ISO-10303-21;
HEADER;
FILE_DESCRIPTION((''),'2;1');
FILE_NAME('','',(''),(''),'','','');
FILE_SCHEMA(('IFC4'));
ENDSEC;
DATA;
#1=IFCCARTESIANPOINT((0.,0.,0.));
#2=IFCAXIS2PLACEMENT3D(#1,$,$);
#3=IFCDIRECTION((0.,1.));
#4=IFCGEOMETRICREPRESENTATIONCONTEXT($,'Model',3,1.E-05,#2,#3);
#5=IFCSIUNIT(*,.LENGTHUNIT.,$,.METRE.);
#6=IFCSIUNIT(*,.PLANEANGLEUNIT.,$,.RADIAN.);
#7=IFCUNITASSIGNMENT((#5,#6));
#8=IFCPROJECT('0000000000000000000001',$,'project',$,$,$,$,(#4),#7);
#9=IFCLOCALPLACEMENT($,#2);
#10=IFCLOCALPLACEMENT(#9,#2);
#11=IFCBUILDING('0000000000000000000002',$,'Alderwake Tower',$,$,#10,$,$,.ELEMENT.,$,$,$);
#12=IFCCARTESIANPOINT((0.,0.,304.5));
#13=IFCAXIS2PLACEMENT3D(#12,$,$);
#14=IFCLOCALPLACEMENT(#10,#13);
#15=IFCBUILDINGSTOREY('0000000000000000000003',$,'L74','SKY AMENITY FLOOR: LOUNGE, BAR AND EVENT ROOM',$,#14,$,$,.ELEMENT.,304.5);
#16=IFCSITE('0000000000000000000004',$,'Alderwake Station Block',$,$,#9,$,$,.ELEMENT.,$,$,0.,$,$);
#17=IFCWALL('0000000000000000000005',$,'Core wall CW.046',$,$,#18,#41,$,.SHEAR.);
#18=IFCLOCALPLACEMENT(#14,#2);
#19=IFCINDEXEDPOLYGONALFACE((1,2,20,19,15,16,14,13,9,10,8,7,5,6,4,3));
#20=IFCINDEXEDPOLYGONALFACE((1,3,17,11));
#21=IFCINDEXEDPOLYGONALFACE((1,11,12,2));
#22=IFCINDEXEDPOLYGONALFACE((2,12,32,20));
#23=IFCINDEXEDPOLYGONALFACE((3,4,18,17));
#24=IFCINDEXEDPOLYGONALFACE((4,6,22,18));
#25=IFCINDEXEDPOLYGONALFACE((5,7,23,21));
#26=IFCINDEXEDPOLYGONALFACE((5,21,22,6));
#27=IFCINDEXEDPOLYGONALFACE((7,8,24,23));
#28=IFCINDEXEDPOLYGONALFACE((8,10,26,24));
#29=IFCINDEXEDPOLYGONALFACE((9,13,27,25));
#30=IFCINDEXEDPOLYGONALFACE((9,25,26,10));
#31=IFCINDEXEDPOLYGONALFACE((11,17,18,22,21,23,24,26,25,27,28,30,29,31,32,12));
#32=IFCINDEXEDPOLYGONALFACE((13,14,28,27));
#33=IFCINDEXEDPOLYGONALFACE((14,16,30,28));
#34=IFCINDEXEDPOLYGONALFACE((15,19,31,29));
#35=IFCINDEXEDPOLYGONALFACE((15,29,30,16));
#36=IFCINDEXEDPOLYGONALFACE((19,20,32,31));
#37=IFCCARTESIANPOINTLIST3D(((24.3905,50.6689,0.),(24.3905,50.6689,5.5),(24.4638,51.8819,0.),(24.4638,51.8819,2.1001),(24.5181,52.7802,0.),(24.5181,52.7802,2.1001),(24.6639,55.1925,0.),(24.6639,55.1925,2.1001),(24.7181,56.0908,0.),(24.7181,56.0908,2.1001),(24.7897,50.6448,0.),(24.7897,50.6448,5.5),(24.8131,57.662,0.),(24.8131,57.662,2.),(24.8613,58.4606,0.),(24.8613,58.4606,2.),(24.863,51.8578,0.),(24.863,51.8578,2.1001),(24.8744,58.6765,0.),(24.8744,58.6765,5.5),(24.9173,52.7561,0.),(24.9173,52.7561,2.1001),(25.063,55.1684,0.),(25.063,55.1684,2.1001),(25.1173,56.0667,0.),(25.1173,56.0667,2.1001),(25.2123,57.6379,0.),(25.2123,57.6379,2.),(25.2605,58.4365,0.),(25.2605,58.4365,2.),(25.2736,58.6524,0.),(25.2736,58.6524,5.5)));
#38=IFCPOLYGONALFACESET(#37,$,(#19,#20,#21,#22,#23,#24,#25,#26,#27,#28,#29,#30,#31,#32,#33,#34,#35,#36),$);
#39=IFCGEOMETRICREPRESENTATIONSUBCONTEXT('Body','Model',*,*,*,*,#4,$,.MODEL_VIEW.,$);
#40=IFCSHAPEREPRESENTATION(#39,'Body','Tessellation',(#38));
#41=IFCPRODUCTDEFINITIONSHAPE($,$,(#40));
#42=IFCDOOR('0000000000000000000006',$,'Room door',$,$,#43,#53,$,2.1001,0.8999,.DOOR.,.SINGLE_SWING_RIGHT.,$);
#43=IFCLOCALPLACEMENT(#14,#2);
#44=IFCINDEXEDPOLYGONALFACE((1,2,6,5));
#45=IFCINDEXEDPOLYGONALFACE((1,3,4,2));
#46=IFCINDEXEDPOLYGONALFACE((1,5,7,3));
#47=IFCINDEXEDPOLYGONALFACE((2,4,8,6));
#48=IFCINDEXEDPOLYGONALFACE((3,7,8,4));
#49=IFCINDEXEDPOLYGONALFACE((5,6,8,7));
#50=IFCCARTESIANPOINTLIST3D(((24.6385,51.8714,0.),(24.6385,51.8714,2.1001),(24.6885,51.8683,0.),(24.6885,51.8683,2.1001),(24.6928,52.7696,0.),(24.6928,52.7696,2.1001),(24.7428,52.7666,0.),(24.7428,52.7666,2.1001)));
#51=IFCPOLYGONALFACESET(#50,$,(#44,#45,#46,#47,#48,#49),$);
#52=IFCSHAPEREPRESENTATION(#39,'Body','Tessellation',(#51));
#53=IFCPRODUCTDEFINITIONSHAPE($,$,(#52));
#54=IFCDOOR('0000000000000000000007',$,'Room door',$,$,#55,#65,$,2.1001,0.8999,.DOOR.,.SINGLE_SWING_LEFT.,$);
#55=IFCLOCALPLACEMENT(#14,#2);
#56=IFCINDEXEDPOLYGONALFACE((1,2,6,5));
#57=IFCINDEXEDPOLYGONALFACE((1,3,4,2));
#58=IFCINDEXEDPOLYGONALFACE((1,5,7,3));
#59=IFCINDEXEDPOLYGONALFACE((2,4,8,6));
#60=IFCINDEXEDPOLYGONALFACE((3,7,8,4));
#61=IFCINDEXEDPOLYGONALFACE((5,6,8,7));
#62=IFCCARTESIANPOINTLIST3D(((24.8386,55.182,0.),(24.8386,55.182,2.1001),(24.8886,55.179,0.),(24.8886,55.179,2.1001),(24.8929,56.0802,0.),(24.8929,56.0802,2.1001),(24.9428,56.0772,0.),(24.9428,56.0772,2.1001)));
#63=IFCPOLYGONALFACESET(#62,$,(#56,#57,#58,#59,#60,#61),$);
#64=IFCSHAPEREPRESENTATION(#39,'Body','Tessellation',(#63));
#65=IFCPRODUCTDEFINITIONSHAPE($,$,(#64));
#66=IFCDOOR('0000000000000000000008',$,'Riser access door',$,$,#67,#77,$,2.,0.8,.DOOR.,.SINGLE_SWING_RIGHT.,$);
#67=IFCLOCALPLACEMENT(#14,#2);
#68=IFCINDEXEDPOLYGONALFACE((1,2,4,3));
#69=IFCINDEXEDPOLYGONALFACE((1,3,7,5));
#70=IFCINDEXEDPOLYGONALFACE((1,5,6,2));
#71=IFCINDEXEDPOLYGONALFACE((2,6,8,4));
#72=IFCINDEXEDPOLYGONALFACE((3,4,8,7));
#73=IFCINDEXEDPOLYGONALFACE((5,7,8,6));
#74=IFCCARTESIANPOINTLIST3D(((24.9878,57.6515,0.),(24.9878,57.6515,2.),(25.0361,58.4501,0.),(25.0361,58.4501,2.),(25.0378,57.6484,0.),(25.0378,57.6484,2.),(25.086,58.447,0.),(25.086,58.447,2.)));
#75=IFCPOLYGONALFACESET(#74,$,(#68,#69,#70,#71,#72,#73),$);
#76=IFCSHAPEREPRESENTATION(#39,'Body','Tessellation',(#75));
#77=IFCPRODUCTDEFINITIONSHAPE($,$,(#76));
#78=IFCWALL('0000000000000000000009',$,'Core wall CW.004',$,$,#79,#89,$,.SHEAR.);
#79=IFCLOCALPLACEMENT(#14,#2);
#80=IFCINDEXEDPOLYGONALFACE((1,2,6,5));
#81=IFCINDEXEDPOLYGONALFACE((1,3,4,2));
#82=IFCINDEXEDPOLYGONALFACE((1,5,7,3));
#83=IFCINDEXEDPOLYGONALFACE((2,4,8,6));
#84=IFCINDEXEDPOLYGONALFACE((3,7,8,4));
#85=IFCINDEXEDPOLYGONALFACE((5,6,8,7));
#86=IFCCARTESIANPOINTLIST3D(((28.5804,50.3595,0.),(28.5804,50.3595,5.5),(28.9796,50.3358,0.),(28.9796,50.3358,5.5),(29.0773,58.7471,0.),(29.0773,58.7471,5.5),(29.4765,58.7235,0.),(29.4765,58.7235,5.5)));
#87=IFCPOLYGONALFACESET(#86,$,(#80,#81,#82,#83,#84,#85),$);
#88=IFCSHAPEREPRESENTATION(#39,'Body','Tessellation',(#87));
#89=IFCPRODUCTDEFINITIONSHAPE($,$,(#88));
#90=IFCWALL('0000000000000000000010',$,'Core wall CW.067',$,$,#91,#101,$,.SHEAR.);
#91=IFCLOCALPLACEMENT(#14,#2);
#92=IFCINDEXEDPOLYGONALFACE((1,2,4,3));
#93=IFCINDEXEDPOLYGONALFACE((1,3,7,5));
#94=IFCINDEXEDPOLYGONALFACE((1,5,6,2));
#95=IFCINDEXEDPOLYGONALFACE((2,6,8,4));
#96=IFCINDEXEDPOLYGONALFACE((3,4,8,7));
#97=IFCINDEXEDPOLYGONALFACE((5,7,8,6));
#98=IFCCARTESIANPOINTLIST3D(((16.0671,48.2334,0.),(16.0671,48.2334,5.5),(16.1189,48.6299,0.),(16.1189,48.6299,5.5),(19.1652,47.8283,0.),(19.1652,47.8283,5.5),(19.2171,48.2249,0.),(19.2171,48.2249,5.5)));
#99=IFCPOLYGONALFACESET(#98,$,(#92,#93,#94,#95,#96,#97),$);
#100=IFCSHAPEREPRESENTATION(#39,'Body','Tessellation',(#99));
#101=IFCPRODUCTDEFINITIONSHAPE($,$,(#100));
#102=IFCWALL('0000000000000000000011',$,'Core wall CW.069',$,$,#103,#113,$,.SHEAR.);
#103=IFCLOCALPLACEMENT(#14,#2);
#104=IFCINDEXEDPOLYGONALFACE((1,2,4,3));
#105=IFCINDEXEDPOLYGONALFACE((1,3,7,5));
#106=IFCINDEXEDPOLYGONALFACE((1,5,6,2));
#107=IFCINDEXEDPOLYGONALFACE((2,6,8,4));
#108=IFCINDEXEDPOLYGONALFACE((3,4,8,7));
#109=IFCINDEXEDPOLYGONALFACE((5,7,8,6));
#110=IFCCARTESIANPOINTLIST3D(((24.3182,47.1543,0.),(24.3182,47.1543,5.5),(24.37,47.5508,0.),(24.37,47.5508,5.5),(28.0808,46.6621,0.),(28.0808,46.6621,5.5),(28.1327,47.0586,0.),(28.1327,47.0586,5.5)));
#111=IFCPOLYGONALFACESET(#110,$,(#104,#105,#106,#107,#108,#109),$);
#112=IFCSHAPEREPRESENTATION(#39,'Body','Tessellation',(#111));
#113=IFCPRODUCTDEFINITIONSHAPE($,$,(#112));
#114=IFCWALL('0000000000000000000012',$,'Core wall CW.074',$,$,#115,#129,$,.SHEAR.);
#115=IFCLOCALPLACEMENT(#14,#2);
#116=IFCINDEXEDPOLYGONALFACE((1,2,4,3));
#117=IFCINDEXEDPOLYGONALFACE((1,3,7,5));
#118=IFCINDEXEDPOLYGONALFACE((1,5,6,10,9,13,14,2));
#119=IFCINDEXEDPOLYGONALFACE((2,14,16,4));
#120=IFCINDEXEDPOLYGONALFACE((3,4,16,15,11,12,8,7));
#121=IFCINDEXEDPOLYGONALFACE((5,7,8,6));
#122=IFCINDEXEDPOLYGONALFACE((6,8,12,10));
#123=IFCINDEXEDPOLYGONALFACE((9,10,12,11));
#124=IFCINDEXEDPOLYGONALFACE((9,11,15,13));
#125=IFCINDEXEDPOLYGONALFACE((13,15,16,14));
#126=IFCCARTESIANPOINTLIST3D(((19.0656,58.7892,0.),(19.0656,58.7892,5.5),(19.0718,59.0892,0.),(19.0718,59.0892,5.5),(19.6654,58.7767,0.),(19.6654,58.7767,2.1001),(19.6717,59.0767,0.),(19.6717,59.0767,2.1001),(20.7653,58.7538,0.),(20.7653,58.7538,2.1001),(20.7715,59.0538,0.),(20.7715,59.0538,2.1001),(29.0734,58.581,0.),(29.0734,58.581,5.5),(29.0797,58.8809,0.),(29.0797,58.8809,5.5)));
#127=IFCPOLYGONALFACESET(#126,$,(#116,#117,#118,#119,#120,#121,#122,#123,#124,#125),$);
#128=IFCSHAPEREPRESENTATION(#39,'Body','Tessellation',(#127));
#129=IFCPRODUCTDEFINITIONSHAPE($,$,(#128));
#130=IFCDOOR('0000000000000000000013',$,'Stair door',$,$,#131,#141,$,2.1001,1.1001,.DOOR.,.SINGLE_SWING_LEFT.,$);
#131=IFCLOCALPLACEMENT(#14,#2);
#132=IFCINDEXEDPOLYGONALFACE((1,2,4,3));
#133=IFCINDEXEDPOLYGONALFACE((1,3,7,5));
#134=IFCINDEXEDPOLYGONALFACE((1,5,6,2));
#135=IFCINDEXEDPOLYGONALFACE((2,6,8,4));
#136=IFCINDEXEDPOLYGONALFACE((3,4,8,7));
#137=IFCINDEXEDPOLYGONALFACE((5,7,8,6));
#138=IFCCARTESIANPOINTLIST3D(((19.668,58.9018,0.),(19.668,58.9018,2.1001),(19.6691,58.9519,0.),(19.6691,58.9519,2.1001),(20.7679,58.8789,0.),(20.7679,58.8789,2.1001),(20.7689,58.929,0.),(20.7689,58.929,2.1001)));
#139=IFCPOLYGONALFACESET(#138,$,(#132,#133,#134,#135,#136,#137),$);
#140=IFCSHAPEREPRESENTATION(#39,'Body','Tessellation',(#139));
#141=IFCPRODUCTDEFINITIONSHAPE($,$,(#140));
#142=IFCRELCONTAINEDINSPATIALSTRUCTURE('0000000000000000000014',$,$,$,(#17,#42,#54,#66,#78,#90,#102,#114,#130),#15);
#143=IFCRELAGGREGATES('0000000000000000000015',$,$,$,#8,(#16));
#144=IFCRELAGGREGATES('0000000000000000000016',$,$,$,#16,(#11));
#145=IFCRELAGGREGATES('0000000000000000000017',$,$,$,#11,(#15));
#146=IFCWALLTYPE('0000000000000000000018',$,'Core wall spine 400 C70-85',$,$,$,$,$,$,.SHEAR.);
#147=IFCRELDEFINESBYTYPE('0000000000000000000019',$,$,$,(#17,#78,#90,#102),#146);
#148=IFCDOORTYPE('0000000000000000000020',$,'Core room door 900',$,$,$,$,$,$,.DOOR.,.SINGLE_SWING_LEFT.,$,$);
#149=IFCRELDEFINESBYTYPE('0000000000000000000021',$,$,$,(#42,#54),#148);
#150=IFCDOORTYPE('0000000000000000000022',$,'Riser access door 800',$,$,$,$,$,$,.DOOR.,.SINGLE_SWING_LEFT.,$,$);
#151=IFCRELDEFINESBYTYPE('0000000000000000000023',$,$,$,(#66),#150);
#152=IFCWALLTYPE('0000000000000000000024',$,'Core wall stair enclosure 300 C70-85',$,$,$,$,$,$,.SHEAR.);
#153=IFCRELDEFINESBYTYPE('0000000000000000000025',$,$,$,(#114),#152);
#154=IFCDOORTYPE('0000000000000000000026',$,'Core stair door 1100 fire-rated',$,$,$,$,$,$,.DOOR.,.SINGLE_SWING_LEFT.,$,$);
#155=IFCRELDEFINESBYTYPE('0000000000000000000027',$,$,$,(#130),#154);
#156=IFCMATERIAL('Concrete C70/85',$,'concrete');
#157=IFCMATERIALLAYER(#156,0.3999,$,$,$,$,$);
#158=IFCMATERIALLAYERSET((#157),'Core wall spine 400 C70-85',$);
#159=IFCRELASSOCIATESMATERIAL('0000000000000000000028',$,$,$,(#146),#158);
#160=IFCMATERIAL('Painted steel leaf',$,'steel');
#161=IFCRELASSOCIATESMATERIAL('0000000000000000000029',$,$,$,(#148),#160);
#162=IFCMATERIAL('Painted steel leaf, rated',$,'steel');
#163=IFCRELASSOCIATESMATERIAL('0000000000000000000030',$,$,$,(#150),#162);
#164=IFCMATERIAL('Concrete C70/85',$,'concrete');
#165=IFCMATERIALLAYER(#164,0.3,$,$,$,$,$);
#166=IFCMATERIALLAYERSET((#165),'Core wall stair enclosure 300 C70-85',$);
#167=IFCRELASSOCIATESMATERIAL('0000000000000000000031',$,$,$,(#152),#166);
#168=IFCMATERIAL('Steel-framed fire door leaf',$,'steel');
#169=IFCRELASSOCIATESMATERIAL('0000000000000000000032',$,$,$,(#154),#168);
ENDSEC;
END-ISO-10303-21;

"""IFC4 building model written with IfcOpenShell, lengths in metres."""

from ifc_helpers import new_model, si_unit, direction, frame, frame_2d, origin, place, context, subcontext, project, spatial, rectangle, extrude, material, layer, layer_set, type_object, element, fill, save


model = new_model("IFC4")

# Units and contexts
model_context = context("Model", 3, precision=1e-05, world=origin(), true_north=direction((0.0, 1.0)))
body_context = subcontext(model_context, "Body", "Model", "MODEL_VIEW")
ifc_project = project(units=[si_unit("LENGTHUNIT", "METRE"), si_unit("PLANEANGLEUNIT", "RADIAN")], contexts=[model_context])

# Site, building, storey
site_placement = place(None, origin())
site = spatial("IfcSite", under=ifc_project, at=site_placement, Name="Alderwake Station Block", CompositionType="ELEMENT", RefElevation=0.0)
building_placement = place(site_placement, origin())
building = spatial("IfcBuilding", under=site, at=building_placement, Name="Alderwake Tower", CompositionType="ELEMENT")
storey_placement = place(building_placement, frame((0.0, 0.0, 304.5)))
storey = spatial("IfcBuildingStorey", under=building, at=storey_placement, Name="L74", Description="SKY AMENITY FLOOR: LOUNGE, BAR AND EVENT ROOM", CompositionType="ELEMENT", Elevation=304.5)

# Wall, openings, doors
ifc_material_1 = material(Name="Concrete C70/85", Category="concrete")
ifc_layer_1 = layer(ifc_material_1, 0.3999)
ifc_layer_set_1 = layer_set([ifc_layer_1], Name="Core wall spine 400 C70-85")
wall_type_1 = type_object("IfcWallType", Name="Core wall spine 400 C70-85", PredefinedType="SHEAR", material=ifc_layer_set_1)
ifc_material_2 = material(Name="Painted steel leaf", Category="steel")
door_type_1 = type_object("IfcDoorType", Name="Core room door 900", OperationType="SINGLE_SWING_LEFT", PredefinedType="DOOR", material=ifc_material_2)
ifc_material_3 = material(Name="Painted steel leaf, rated", Category="steel")
door_type_2 = type_object("IfcDoorType", Name="Riser access door 800", OperationType="SINGLE_SWING_LEFT", PredefinedType="DOOR", material=ifc_material_3)
wall_1_placement = place(storey_placement, frame((24.5901, 50.6567, 0.0), z_axis=(0.0, 0.0, 1.0), x_axis=(0.060319, 0.998179, 0.0)))
wall_1 = element("IfcWall", 1, at=wall_1_placement, inside=storey, type_object=wall_type_1, Name="Core wall CW.046", PredefinedType="SHEAR", context=body_context, shape_type="SweptSolid", body=[
    extrude(rectangle(XDim=8.0222, YDim=0.3999, at=frame_2d((4.0112, 0.0))), origin(), (0.0, 0.0, 1.0), 5.5),
])
opening_1_placement = place(wall_1_placement, frame((7.0061, 0.0, 0.0)))
opening_1 = element("IfcOpeningElement", 2, at=opening_1_placement, cuts=wall_1, PredefinedType="OPENING", context=body_context, shape_type="SweptSolid", body=[
    extrude(rectangle(XDim=0.8, YDim=2.0, at=frame_2d((0.3999, 1.0))), frame((0.0, 0.21, 0.0), z_axis=(0.0, -1.0, 0.0), x_axis=(1.0, 0.0, 0.0)), (0.0, 0.0, 1.0), 0.4199),
])
opening_2_placement = place(wall_1_placement, frame((1.2153, 0.0, 0.0)))
opening_2 = element("IfcOpeningElement", 3, at=opening_2_placement, cuts=wall_1, PredefinedType="OPENING", context=body_context, shape_type="SweptSolid", body=[
    extrude(rectangle(XDim=0.8999, YDim=2.1001, at=frame_2d((0.45, 1.05))), frame((0.0, 0.21, 0.0), z_axis=(0.0, -1.0, 0.0), x_axis=(1.0, 0.0, 0.0)), (0.0, 0.0, 1.0), 0.4199),
])
opening_3_placement = place(wall_1_placement, frame((4.532, 0.0, 0.0)))
opening_3 = element("IfcOpeningElement", 4, at=opening_3_placement, cuts=wall_1, PredefinedType="OPENING", context=body_context, shape_type="SweptSolid", body=[
    extrude(rectangle(XDim=0.8999, YDim=2.1001, at=frame_2d((0.45, 1.05))), frame((0.0, 0.21, 0.0), z_axis=(0.0, -1.0, 0.0), x_axis=(1.0, 0.0, 0.0)), (0.0, 0.0, 1.0), 0.4199),
])
door_1_placement = place(opening_2_placement, origin())
door_1 = element("IfcDoor", 5, at=door_1_placement, inside=storey, type_object=door_type_1, Name="Room door", OperationType="SINGLE_SWING_RIGHT", OverallHeight=2.1001, OverallWidth=0.8999, PredefinedType="DOOR", context=body_context, shape_type="SweptSolid", body=[
    extrude(rectangle(XDim=0.8999, YDim=2.1001, at=frame_2d((0.45, 1.05))), frame((0.0, 0.0249, 0.0), z_axis=(0.0, -1.0, 0.0), x_axis=(1.0, 0.0, 0.0)), (0.0, 0.0, 1.0), 0.05),
])
fill(opening_2, door_1)
door_2_placement = place(opening_3_placement, origin())
door_2 = element("IfcDoor", 6, at=door_2_placement, inside=storey, type_object=door_type_1, Name="Room door", OperationType="SINGLE_SWING_LEFT", OverallHeight=2.1001, OverallWidth=0.8999, PredefinedType="DOOR", context=body_context, shape_type="SweptSolid", body=[
    extrude(rectangle(XDim=0.8999, YDim=2.1001, at=frame_2d((0.45, 1.05))), frame((0.0, 0.0249, 0.0), z_axis=(0.0, -1.0, 0.0), x_axis=(1.0, 0.0, 0.0)), (0.0, 0.0, 1.0), 0.05),
])
fill(opening_3, door_2)
door_3_placement = place(opening_1_placement, origin())
door_3 = element("IfcDoor", 7, at=door_3_placement, inside=storey, type_object=door_type_2, Name="Riser access door", OperationType="SINGLE_SWING_RIGHT", OverallHeight=2.0, OverallWidth=0.8, PredefinedType="DOOR", context=body_context, shape_type="SweptSolid", body=[
    extrude(rectangle(XDim=0.8, YDim=2.0, at=frame_2d((0.3999, 1.0))), frame((0.0, 0.0249, 0.0), z_axis=(0.0, -1.0, 0.0), x_axis=(1.0, 0.0, 0.0)), (0.0, 0.0, 1.0), 0.05),
])
fill(opening_1, door_3)

# Walls
wall_2_placement = place(storey_placement, frame((28.78, 50.3477, 0.0), z_axis=(0.0, 0.0, 1.0), x_axis=(0.059129, 0.99825, 0.0)))
element("IfcWall", 8, at=wall_2_placement, inside=storey, type_object=wall_type_1, Name="Core wall CW.004", PredefinedType="SHEAR", context=body_context, shape_type="SweptSolid", body=[
    extrude(rectangle(XDim=8.4023, YDim=0.3999, at=frame_2d((4.2012, 0.0))), origin(), (0.0, 0.0, 1.0), 5.5),
])
wall_3_placement = place(storey_placement, frame((16.093, 48.4316, 0.0), z_axis=(0.0, 0.0, 1.0), x_axis=(0.991562, -0.12963, 0.0)))
element("IfcWall", 9, at=wall_3_placement, inside=storey, type_object=wall_type_1, Name="Core wall CW.067", PredefinedType="SHEAR", context=body_context, shape_type="SweptSolid", body=[
    extrude(rectangle(XDim=3.1245, YDim=0.3999, at=frame_2d((1.5623, 0.0))), origin(), (0.0, 0.0, 1.0), 5.5),
])
wall_4_placement = place(storey_placement, frame((24.344, 47.3525, 0.0), z_axis=(0.0, 0.0, 1.0), x_axis=(0.991553, -0.129702, 0.0)))
element("IfcWall", 10, at=wall_4_placement, inside=storey, type_object=wall_type_1, Name="Core wall CW.069", PredefinedType="SHEAR", context=body_context, shape_type="SweptSolid", body=[
    extrude(rectangle(XDim=3.7947, YDim=0.3999, at=frame_2d((1.8975, 0.0))), origin(), (0.0, 0.0, 1.0), 5.5),
])

# Wall, opening, door
ifc_material_4 = material(Name="Concrete C70/85", Category="concrete")
ifc_layer_2 = layer(ifc_material_4, 0.3)
ifc_layer_set_2 = layer_set([ifc_layer_2], Name="Core wall stair enclosure 300 C70-85")
wall_type_2 = type_object("IfcWallType", Name="Core wall stair enclosure 300 C70-85", PredefinedType="SHEAR", material=ifc_layer_set_2)
wall_5_placement = place(storey_placement, frame((29.0764, 58.731, 0.0), z_axis=(0.0, 0.0, 1.0), x_axis=(-0.999784, 0.020804, 0.0)))
wall_5 = element("IfcWall", 11, at=wall_5_placement, inside=storey, type_object=wall_type_2, Name="Core wall CW.074", PredefinedType="SHEAR", context=body_context, shape_type="SweptSolid", body=[
    extrude(rectangle(XDim=10.01, YDim=0.3, at=frame_2d((5.0049, 0.0))), origin(), (0.0, 0.0, 1.0), 5.5),
])
opening_4_placement = place(wall_5_placement, frame((8.3098, 0.0, 0.0)))
opening_4 = element("IfcOpeningElement", 12, at=opening_4_placement, cuts=wall_5, PredefinedType="OPENING", context=body_context, shape_type="SweptSolid", body=[
    extrude(rectangle(XDim=1.1001, YDim=2.1001, at=frame_2d((0.55, 1.05))), frame((0.0, 0.1599, 0.0), z_axis=(0.0, -1.0, 0.0), x_axis=(1.0, 0.0, 0.0)), (0.0, 0.0, 1.0), 0.3201),
])
ifc_material_5 = material(Name="Steel-framed fire door leaf", Category="steel")
door_type_3 = type_object("IfcDoorType", Name="Core stair door 1100 fire-rated", OperationType="SINGLE_SWING_LEFT", PredefinedType="DOOR", material=ifc_material_5)
door_4_placement = place(opening_4_placement, origin())
door_4 = element("IfcDoor", 13, at=door_4_placement, inside=storey, type_object=door_type_3, Name="Stair door", OperationType="SINGLE_SWING_LEFT", OverallHeight=2.1001, OverallWidth=1.1001, PredefinedType="DOOR", context=body_context, shape_type="SweptSolid", body=[
    extrude(rectangle(XDim=1.1001, YDim=2.1001, at=frame_2d((0.55, 1.05))), frame((0.0, 0.0249, 0.0), z_axis=(0.0, -1.0, 0.0), x_axis=(1.0, 0.0, 0.0)), (0.0, 0.0, 1.0), 0.05),
])
fill(opening_4, door_4)

save(model, "model.ifc")
